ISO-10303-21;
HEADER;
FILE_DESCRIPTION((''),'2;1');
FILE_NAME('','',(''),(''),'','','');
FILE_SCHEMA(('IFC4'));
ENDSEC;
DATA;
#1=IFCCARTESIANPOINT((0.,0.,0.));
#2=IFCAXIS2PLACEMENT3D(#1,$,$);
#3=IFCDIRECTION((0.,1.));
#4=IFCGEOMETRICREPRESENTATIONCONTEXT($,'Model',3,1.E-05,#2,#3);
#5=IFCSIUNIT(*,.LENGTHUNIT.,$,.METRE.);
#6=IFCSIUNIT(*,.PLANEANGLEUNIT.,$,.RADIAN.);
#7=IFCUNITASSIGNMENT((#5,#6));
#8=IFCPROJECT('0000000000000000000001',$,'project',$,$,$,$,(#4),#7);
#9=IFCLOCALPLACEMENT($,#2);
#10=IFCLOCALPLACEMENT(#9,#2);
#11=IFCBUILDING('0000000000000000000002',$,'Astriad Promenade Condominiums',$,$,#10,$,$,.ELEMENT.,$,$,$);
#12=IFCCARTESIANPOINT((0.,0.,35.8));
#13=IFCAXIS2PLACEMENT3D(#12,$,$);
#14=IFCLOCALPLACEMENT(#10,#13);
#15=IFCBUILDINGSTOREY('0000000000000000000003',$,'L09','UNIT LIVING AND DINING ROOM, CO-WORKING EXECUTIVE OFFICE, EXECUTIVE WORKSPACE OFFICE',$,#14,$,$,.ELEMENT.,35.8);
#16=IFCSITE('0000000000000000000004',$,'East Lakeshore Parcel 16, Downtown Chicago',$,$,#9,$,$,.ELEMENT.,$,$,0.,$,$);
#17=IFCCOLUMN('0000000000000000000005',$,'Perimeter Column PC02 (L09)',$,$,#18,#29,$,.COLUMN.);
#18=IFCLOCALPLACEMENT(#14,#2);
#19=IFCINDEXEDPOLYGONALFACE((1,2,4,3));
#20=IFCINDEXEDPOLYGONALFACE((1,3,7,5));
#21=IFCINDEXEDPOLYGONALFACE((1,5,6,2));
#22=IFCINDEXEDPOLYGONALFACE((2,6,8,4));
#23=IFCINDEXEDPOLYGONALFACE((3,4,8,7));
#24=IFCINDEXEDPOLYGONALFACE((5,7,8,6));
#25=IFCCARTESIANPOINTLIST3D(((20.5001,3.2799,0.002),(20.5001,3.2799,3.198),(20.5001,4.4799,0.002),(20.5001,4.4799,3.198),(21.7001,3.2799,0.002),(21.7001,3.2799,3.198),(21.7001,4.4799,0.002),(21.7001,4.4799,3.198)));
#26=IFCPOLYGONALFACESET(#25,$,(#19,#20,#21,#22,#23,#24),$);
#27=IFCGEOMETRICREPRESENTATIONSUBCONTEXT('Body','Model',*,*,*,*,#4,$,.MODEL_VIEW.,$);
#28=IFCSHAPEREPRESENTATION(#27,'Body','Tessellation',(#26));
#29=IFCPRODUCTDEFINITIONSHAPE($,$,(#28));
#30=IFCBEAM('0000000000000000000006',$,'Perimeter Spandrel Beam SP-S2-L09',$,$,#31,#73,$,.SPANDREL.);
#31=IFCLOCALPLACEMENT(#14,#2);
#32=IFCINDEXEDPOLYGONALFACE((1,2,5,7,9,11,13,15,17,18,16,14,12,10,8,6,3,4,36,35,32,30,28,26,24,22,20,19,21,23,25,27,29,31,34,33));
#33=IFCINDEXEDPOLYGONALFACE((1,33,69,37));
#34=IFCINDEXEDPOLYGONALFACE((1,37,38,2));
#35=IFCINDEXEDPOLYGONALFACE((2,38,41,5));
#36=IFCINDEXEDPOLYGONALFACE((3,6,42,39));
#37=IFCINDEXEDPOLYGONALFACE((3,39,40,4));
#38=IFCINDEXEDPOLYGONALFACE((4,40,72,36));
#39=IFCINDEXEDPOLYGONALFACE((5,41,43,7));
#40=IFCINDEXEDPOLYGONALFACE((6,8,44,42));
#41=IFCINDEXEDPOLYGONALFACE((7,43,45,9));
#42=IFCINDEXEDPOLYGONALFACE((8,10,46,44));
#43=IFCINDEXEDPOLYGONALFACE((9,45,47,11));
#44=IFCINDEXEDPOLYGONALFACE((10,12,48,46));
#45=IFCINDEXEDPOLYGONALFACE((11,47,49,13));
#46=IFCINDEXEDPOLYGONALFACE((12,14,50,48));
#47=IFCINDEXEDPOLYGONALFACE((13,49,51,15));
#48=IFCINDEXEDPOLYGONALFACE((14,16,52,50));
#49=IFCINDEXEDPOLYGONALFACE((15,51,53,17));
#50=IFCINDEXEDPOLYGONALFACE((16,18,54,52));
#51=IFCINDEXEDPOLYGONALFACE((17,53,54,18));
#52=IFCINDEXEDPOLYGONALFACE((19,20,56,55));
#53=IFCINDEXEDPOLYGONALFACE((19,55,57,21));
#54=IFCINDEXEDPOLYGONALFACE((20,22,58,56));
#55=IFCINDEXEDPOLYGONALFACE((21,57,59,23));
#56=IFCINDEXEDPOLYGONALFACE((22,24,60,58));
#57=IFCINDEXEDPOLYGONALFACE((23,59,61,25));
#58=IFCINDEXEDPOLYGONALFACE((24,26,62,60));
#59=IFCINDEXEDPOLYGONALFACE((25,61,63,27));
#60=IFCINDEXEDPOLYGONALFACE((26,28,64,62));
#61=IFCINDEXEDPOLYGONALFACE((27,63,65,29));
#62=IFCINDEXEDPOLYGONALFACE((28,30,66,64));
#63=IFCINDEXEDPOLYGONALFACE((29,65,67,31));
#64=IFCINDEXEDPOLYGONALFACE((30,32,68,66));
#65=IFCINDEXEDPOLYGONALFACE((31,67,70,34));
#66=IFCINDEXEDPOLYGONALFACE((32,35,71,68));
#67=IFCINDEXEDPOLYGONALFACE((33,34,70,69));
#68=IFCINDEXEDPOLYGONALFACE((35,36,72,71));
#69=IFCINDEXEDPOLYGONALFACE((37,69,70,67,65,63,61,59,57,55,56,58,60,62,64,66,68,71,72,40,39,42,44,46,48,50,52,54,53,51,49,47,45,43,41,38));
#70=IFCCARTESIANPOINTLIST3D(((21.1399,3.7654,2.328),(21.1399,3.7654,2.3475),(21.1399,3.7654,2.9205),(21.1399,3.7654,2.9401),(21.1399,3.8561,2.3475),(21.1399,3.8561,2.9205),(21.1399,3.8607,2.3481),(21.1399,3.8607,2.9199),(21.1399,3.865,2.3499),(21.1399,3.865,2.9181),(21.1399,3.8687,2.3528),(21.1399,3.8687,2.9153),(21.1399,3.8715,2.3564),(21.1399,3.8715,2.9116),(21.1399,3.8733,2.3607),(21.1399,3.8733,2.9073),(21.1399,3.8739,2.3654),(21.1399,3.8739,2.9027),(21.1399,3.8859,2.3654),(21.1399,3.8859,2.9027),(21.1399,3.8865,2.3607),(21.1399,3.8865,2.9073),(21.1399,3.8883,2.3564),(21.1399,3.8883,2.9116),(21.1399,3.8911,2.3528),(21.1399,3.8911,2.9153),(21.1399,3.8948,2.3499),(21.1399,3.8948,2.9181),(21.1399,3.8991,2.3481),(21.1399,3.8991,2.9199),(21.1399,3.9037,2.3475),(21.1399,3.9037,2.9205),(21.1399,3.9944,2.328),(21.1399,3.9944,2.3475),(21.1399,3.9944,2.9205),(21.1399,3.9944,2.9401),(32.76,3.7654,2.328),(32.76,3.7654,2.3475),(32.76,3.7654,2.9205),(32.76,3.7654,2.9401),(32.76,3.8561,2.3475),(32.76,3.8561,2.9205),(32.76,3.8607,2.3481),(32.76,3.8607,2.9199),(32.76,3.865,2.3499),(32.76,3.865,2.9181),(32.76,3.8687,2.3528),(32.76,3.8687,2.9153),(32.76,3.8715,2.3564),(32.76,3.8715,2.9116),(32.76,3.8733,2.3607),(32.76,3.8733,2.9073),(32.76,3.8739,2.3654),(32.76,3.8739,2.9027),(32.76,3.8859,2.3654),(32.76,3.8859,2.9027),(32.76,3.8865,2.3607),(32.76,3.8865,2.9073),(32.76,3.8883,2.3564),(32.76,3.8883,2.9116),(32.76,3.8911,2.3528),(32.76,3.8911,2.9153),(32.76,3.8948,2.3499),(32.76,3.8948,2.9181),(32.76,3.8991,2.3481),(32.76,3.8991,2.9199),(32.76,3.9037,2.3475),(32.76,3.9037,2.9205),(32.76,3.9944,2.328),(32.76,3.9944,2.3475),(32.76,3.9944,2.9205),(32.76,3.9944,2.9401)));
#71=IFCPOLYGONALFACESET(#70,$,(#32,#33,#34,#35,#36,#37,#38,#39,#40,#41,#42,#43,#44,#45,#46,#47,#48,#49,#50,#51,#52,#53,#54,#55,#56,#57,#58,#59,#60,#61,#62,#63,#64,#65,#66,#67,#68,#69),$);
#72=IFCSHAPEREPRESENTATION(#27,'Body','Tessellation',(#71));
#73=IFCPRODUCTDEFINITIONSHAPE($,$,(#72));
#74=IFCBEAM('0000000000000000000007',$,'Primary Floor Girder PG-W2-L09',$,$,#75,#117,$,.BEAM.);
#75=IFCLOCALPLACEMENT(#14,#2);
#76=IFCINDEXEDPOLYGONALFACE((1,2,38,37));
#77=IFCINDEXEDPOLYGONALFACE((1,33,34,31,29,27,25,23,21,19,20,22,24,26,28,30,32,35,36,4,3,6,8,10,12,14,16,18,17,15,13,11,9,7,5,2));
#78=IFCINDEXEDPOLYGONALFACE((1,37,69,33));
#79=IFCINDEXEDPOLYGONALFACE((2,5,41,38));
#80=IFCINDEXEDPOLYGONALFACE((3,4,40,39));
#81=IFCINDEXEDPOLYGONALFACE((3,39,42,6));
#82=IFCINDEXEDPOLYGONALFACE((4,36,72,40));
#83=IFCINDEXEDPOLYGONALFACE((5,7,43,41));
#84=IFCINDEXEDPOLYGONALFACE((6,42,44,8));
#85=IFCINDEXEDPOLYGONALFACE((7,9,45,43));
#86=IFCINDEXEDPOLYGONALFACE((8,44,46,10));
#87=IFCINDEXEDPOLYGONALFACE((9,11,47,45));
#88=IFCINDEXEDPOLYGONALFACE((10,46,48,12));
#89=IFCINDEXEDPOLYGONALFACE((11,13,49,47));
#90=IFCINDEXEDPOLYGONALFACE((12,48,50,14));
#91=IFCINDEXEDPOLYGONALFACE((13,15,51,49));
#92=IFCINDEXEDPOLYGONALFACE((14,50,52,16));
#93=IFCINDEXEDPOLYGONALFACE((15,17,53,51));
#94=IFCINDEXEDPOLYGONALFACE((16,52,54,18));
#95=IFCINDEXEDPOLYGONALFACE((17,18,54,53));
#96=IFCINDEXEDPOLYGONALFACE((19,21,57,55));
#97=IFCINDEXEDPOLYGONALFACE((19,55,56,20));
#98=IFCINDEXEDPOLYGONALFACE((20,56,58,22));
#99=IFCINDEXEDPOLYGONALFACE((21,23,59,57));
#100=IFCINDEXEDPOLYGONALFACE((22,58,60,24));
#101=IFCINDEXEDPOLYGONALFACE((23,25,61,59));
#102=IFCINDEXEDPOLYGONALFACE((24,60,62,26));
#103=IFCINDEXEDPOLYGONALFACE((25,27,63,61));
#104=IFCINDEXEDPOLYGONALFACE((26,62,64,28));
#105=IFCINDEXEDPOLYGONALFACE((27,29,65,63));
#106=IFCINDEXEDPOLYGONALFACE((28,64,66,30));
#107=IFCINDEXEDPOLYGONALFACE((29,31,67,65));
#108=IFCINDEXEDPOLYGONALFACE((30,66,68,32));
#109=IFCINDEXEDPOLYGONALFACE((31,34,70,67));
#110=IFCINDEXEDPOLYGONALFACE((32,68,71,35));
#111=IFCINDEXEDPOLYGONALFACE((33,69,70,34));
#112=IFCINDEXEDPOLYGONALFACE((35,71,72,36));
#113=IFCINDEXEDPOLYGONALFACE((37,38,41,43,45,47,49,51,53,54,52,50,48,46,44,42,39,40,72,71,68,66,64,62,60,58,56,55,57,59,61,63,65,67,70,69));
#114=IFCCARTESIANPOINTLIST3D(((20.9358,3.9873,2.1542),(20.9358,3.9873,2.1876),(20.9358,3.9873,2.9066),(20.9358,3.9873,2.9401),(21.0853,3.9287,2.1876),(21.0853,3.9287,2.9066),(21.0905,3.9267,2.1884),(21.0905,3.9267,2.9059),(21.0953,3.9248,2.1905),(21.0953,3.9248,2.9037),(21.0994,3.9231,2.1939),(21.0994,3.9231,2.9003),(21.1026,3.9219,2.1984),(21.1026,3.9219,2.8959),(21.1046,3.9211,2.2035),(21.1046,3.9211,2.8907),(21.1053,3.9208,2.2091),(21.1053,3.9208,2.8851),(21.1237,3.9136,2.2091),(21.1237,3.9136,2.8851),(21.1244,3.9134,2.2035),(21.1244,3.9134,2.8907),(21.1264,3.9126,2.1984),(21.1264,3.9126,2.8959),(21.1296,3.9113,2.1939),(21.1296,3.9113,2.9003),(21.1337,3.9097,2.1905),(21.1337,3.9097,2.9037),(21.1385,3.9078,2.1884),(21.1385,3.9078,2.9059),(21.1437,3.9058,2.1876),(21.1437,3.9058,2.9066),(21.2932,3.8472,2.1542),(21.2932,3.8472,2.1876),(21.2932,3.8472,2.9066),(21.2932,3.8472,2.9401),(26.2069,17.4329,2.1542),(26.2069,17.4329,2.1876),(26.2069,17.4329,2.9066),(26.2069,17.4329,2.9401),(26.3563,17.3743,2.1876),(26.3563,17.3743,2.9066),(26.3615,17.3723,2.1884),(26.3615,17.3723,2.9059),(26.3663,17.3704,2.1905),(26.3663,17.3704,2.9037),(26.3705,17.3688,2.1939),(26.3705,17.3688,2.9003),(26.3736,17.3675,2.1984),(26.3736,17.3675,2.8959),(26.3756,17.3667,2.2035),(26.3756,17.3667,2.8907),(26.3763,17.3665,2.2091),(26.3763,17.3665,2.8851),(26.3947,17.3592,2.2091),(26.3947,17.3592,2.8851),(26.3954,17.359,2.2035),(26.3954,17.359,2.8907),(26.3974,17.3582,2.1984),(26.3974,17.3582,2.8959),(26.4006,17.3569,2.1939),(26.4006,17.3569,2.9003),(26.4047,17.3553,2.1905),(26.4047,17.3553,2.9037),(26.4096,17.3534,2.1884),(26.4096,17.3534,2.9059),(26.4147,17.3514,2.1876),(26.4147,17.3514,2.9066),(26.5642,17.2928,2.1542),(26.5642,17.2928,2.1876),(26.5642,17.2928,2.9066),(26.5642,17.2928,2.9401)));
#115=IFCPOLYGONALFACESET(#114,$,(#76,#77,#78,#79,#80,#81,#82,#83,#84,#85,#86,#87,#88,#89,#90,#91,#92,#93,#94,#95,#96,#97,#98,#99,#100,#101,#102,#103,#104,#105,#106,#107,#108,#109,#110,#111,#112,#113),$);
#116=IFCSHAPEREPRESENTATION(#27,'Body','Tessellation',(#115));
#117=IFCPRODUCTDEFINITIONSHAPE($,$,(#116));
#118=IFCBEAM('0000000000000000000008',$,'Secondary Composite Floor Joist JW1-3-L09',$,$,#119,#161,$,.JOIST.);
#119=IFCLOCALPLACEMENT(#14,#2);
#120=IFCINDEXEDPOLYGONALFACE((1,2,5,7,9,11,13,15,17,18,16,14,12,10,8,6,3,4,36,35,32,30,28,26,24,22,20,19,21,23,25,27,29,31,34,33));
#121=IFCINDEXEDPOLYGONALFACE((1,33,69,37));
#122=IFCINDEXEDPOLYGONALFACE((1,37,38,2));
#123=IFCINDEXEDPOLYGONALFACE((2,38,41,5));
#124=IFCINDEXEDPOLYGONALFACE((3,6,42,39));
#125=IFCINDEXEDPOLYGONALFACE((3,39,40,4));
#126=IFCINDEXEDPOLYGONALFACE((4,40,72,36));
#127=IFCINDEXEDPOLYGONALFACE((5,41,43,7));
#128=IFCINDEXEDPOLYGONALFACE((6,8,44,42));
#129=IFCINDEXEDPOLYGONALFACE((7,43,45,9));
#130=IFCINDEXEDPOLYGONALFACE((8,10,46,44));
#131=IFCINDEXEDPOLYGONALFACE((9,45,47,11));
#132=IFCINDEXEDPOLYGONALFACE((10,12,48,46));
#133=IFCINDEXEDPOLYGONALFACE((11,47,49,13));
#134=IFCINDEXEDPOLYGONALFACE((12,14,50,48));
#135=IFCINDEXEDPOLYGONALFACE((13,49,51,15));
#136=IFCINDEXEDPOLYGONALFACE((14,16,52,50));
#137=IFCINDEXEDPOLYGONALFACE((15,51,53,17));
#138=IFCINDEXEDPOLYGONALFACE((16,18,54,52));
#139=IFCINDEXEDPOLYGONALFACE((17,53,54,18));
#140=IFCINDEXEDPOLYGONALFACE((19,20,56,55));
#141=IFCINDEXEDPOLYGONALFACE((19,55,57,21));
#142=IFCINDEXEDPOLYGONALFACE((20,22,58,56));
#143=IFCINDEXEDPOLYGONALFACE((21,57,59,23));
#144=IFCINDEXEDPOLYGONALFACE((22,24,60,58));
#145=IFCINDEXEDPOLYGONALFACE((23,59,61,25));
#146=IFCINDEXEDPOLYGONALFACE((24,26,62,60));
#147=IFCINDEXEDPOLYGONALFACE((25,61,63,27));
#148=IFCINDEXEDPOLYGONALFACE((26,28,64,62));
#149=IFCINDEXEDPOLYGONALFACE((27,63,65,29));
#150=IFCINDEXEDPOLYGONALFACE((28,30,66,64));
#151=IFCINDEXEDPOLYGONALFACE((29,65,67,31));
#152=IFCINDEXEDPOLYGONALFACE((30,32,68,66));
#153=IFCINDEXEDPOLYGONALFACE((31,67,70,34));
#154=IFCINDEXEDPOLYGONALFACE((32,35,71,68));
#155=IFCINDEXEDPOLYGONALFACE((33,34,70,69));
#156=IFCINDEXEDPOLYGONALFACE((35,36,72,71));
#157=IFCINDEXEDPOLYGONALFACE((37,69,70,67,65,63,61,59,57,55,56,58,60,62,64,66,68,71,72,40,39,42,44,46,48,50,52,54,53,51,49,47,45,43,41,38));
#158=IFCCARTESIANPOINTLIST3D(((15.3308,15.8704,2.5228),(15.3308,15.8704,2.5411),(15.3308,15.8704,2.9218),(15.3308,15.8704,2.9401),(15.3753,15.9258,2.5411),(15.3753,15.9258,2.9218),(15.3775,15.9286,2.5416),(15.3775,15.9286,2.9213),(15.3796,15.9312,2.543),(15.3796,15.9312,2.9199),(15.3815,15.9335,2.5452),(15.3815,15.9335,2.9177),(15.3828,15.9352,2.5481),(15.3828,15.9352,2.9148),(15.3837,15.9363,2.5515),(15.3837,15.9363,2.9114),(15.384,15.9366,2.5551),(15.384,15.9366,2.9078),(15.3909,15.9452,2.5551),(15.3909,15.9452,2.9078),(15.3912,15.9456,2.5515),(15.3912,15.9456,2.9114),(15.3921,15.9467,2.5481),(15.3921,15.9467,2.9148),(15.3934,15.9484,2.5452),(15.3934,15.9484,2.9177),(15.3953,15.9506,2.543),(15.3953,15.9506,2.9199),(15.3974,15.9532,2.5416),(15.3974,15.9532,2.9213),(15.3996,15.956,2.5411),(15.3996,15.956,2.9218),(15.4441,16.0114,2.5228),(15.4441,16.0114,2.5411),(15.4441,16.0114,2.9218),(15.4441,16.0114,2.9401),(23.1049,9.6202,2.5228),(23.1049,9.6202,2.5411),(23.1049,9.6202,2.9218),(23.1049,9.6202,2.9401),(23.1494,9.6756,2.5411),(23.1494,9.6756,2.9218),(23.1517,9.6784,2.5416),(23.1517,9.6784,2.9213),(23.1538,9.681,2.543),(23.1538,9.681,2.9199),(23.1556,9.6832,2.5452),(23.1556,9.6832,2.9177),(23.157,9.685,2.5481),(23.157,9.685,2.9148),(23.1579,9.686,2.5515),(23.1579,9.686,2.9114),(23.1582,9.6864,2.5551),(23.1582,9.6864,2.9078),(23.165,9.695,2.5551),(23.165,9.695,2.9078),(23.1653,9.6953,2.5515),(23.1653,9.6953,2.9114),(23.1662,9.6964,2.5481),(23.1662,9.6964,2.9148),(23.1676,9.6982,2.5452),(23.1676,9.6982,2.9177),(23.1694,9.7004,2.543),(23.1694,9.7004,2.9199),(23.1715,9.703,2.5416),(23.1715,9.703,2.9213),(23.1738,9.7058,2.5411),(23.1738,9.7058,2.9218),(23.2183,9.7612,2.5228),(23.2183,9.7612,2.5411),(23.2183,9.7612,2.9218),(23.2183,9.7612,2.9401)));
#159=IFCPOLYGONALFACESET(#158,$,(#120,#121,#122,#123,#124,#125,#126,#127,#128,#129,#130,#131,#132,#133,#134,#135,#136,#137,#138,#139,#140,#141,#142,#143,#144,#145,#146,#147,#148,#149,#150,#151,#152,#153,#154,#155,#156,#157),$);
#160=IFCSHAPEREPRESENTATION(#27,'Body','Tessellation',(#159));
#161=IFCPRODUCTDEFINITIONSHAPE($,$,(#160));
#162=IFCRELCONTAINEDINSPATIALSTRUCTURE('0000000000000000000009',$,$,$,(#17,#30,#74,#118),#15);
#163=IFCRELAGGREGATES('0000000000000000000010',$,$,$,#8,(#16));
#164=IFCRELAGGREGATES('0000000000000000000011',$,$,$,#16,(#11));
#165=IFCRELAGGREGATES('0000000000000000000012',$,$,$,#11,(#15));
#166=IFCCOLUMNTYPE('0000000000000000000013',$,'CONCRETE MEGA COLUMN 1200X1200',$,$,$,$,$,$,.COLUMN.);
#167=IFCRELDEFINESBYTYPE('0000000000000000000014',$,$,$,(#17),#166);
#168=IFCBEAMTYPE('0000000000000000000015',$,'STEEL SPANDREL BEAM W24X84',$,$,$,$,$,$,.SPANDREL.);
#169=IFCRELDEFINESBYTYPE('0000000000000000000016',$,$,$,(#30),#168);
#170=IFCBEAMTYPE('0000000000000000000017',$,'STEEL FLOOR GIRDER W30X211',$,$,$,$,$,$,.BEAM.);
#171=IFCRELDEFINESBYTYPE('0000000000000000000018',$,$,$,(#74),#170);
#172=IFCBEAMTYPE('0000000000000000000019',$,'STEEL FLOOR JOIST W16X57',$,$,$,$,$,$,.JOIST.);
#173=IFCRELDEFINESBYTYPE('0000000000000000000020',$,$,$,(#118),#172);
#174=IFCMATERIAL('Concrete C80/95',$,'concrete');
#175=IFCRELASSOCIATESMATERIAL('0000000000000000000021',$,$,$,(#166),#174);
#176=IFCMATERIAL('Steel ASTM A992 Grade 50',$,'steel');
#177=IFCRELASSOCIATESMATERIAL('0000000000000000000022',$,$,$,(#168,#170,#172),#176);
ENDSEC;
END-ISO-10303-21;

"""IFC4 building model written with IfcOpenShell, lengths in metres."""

from ifc_helpers import new_model, si_unit, direction, frame, origin, origin_2d, place, context, subcontext, project, spatial, rectangle, i_section, extrude, source, transform, mapped, material, material_profile, profile_set, type_object, type_shapes, element, save


model = new_model("IFC4")

# Units and contexts
model_context = context("Model", 3, precision=1e-05, world=origin(), true_north=direction((0.0, 1.0)))
body_context = subcontext(model_context, "Body", "Model", "MODEL_VIEW")
ifc_project = project(units=[si_unit("LENGTHUNIT", "METRE"), si_unit("PLANEANGLEUNIT", "RADIAN")], contexts=[model_context])

# Site, building, storey
site_placement = place(None, origin())
site = spatial("IfcSite", under=ifc_project, at=site_placement, Name="East Lakeshore Parcel 16, Downtown Chicago", CompositionType="ELEMENT", RefElevation=0.0)
building_placement = place(site_placement, origin())
building = spatial("IfcBuilding", under=site, at=building_placement, Name="Astriad Promenade Condominiums", CompositionType="ELEMENT")
storey_placement = place(building_placement, frame((0.0, 0.0, 35.8)))
storey = spatial("IfcBuildingStorey", under=building, at=storey_placement, Name="L09", Description="UNIT LIVING AND DINING ROOM, CO-WORKING EXECUTIVE OFFICE, EXECUTIVE WORKSPACE OFFICE", CompositionType="ELEMENT", Elevation=35.8)

# Column
ifc_material_1 = material(Name="Concrete C80/95", Category="concrete")
ifc_material_profile_1 = material_profile(ifc_material_1, rectangle(XDim=1.2, YDim=1.2, at=origin_2d()), Name="RC-COL-1200X1200")
ifc_profile_set_1 = profile_set([ifc_material_profile_1], Name="Concrete C80/95")
column_type = type_object("IfcColumnType", Name="CONCRETE MEGA COLUMN 1200X1200", PredefinedType="COLUMN", material=ifc_profile_set_1)
shared_shape_1 = source(origin(), body_context, "Body", "SweptSolid", [
    extrude(rectangle(XDim=1.2, YDim=1.2, at=origin_2d()), origin(), (0.0, 0.0, 1.0), 3.196),
])
type_shapes(column_type, [shared_shape_1])
column_placement = place(storey_placement, frame((21.1001, 3.8799, 0.002), z_axis=(0.0, 0.0, 1.0), x_axis=(1.0, 0.0, 0.0)))
element("IfcColumn", 1, at=column_placement, inside=storey, type_object=column_type, Name="Perimeter Column PC02 (L09)", PredefinedType="COLUMN", context=body_context, shape_type="MappedRepresentation", body=[
    mapped(shared_shape_1, transform((0.0, 0.0, 0.0), scale=1.0)),
])

# Beams
ifc_material_2 = material(Name="Steel ASTM A992 Grade 50", Category="steel")
ifc_material_profile_2 = material_profile(ifc_material_2, i_section(OverallWidth=0.229, OverallDepth=0.6121, WebThickness=0.012, FlangeThickness=0.0195, FilletRadius=0.0178, at=origin_2d()), Name="W24X84")
ifc_profile_set_2 = profile_set([ifc_material_profile_2], Name="Steel ASTM A992 Grade 50")
beam_type_1 = type_object("IfcBeamType", Name="STEEL SPANDREL BEAM W24X84", PredefinedType="SPANDREL", material=ifc_profile_set_2)
shared_shape_2 = source(origin(), body_context, "Body", "SweptSolid", [
    extrude(i_section(OverallWidth=0.229, OverallDepth=0.6121, WebThickness=0.012, FlangeThickness=0.0195, FilletRadius=0.0178, at=origin_2d()), origin(), (0.0, 0.0, 1.0), 11.6201),
])
type_shapes(beam_type_1, [shared_shape_2])
beam_1_placement = place(storey_placement, frame((21.1399, 3.8799, 2.634), z_axis=(1.0, 0.0, 0.0), x_axis=(0.0, 1.0, 0.0)))
element("IfcBeam", 2, at=beam_1_placement, inside=storey, type_object=beam_type_1, Name="Perimeter Spandrel Beam SP-S2-L09", PredefinedType="SPANDREL", context=body_context, shape_type="MappedRepresentation", body=[
    mapped(shared_shape_2, transform((0.0, 0.0, 0.0), scale=1.0)),
])
ifc_material_profile_3 = material_profile(ifc_material_2, i_section(OverallWidth=0.3838, OverallDepth=0.7859, WebThickness=0.0198, FlangeThickness=0.0334, FilletRadius=0.0215, at=origin_2d()), Name="W30X211")
ifc_profile_set_3 = profile_set([ifc_material_profile_3], Name="Steel ASTM A992 Grade 50")
beam_type_2 = type_object("IfcBeamType", Name="STEEL FLOOR GIRDER W30X211", PredefinedType="BEAM", material=ifc_profile_set_3)
shared_shape_3 = source(origin(), body_context, "Body", "SweptSolid", [
    extrude(i_section(OverallWidth=0.3838, OverallDepth=0.7859, WebThickness=0.0198, FlangeThickness=0.0334, FilletRadius=0.0215, at=origin_2d()), origin(), (0.0, 0.0, 1.0), 14.4419),
])
type_shapes(beam_type_2, [shared_shape_3])
beam_2_placement = place(storey_placement, frame((21.1145, 3.9172, 2.5471), z_axis=(0.364981, 0.931015, 0.0), x_axis=(-0.931015, 0.364981, 0.0)))
element("IfcBeam", 3, at=beam_2_placement, inside=storey, type_object=beam_type_2, Name="Primary Floor Girder PG-W2-L09", PredefinedType="BEAM", context=body_context, shape_type="MappedRepresentation", body=[
    mapped(shared_shape_3, transform((0.0, 0.0, 0.0), scale=1.0)),
])
ifc_material_profile_4 = material_profile(ifc_material_2, i_section(OverallWidth=0.1809, OverallDepth=0.4172, WebThickness=0.011, FlangeThickness=0.0183, FilletRadius=0.0139, at=origin_2d()), Name="W16X57")
ifc_profile_set_4 = profile_set([ifc_material_profile_4], Name="Steel ASTM A992 Grade 50")
beam_type_3 = type_object("IfcBeamType", Name="STEEL FLOOR JOIST W16X57", PredefinedType="JOIST", material=ifc_profile_set_4)
shared_shape_4 = source(origin(), body_context, "Body", "SweptSolid", [
    extrude(i_section(OverallWidth=0.1809, OverallDepth=0.4172, WebThickness=0.011, FlangeThickness=0.0183, FilletRadius=0.0139, at=origin_2d()), origin(), (0.0, 0.0, 1.0), 9.9751),
])
beam_3_placement = place(storey_placement, frame((15.3875, 15.9409, 2.7314), z_axis=(0.779355, -0.626583, 0.0), x_axis=(0.626583, 0.779355, 0.0)))
element("IfcBeam", 4, at=beam_3_placement, inside=storey, type_object=beam_type_3, Name="Secondary Composite Floor Joist JW1-3-L09", PredefinedType="JOIST", context=body_context, shape_type="MappedRepresentation", body=[
    mapped(shared_shape_4, transform((0.0, 0.0, 0.0), scale=1.0)),
])

save(model, "model.ifc")
